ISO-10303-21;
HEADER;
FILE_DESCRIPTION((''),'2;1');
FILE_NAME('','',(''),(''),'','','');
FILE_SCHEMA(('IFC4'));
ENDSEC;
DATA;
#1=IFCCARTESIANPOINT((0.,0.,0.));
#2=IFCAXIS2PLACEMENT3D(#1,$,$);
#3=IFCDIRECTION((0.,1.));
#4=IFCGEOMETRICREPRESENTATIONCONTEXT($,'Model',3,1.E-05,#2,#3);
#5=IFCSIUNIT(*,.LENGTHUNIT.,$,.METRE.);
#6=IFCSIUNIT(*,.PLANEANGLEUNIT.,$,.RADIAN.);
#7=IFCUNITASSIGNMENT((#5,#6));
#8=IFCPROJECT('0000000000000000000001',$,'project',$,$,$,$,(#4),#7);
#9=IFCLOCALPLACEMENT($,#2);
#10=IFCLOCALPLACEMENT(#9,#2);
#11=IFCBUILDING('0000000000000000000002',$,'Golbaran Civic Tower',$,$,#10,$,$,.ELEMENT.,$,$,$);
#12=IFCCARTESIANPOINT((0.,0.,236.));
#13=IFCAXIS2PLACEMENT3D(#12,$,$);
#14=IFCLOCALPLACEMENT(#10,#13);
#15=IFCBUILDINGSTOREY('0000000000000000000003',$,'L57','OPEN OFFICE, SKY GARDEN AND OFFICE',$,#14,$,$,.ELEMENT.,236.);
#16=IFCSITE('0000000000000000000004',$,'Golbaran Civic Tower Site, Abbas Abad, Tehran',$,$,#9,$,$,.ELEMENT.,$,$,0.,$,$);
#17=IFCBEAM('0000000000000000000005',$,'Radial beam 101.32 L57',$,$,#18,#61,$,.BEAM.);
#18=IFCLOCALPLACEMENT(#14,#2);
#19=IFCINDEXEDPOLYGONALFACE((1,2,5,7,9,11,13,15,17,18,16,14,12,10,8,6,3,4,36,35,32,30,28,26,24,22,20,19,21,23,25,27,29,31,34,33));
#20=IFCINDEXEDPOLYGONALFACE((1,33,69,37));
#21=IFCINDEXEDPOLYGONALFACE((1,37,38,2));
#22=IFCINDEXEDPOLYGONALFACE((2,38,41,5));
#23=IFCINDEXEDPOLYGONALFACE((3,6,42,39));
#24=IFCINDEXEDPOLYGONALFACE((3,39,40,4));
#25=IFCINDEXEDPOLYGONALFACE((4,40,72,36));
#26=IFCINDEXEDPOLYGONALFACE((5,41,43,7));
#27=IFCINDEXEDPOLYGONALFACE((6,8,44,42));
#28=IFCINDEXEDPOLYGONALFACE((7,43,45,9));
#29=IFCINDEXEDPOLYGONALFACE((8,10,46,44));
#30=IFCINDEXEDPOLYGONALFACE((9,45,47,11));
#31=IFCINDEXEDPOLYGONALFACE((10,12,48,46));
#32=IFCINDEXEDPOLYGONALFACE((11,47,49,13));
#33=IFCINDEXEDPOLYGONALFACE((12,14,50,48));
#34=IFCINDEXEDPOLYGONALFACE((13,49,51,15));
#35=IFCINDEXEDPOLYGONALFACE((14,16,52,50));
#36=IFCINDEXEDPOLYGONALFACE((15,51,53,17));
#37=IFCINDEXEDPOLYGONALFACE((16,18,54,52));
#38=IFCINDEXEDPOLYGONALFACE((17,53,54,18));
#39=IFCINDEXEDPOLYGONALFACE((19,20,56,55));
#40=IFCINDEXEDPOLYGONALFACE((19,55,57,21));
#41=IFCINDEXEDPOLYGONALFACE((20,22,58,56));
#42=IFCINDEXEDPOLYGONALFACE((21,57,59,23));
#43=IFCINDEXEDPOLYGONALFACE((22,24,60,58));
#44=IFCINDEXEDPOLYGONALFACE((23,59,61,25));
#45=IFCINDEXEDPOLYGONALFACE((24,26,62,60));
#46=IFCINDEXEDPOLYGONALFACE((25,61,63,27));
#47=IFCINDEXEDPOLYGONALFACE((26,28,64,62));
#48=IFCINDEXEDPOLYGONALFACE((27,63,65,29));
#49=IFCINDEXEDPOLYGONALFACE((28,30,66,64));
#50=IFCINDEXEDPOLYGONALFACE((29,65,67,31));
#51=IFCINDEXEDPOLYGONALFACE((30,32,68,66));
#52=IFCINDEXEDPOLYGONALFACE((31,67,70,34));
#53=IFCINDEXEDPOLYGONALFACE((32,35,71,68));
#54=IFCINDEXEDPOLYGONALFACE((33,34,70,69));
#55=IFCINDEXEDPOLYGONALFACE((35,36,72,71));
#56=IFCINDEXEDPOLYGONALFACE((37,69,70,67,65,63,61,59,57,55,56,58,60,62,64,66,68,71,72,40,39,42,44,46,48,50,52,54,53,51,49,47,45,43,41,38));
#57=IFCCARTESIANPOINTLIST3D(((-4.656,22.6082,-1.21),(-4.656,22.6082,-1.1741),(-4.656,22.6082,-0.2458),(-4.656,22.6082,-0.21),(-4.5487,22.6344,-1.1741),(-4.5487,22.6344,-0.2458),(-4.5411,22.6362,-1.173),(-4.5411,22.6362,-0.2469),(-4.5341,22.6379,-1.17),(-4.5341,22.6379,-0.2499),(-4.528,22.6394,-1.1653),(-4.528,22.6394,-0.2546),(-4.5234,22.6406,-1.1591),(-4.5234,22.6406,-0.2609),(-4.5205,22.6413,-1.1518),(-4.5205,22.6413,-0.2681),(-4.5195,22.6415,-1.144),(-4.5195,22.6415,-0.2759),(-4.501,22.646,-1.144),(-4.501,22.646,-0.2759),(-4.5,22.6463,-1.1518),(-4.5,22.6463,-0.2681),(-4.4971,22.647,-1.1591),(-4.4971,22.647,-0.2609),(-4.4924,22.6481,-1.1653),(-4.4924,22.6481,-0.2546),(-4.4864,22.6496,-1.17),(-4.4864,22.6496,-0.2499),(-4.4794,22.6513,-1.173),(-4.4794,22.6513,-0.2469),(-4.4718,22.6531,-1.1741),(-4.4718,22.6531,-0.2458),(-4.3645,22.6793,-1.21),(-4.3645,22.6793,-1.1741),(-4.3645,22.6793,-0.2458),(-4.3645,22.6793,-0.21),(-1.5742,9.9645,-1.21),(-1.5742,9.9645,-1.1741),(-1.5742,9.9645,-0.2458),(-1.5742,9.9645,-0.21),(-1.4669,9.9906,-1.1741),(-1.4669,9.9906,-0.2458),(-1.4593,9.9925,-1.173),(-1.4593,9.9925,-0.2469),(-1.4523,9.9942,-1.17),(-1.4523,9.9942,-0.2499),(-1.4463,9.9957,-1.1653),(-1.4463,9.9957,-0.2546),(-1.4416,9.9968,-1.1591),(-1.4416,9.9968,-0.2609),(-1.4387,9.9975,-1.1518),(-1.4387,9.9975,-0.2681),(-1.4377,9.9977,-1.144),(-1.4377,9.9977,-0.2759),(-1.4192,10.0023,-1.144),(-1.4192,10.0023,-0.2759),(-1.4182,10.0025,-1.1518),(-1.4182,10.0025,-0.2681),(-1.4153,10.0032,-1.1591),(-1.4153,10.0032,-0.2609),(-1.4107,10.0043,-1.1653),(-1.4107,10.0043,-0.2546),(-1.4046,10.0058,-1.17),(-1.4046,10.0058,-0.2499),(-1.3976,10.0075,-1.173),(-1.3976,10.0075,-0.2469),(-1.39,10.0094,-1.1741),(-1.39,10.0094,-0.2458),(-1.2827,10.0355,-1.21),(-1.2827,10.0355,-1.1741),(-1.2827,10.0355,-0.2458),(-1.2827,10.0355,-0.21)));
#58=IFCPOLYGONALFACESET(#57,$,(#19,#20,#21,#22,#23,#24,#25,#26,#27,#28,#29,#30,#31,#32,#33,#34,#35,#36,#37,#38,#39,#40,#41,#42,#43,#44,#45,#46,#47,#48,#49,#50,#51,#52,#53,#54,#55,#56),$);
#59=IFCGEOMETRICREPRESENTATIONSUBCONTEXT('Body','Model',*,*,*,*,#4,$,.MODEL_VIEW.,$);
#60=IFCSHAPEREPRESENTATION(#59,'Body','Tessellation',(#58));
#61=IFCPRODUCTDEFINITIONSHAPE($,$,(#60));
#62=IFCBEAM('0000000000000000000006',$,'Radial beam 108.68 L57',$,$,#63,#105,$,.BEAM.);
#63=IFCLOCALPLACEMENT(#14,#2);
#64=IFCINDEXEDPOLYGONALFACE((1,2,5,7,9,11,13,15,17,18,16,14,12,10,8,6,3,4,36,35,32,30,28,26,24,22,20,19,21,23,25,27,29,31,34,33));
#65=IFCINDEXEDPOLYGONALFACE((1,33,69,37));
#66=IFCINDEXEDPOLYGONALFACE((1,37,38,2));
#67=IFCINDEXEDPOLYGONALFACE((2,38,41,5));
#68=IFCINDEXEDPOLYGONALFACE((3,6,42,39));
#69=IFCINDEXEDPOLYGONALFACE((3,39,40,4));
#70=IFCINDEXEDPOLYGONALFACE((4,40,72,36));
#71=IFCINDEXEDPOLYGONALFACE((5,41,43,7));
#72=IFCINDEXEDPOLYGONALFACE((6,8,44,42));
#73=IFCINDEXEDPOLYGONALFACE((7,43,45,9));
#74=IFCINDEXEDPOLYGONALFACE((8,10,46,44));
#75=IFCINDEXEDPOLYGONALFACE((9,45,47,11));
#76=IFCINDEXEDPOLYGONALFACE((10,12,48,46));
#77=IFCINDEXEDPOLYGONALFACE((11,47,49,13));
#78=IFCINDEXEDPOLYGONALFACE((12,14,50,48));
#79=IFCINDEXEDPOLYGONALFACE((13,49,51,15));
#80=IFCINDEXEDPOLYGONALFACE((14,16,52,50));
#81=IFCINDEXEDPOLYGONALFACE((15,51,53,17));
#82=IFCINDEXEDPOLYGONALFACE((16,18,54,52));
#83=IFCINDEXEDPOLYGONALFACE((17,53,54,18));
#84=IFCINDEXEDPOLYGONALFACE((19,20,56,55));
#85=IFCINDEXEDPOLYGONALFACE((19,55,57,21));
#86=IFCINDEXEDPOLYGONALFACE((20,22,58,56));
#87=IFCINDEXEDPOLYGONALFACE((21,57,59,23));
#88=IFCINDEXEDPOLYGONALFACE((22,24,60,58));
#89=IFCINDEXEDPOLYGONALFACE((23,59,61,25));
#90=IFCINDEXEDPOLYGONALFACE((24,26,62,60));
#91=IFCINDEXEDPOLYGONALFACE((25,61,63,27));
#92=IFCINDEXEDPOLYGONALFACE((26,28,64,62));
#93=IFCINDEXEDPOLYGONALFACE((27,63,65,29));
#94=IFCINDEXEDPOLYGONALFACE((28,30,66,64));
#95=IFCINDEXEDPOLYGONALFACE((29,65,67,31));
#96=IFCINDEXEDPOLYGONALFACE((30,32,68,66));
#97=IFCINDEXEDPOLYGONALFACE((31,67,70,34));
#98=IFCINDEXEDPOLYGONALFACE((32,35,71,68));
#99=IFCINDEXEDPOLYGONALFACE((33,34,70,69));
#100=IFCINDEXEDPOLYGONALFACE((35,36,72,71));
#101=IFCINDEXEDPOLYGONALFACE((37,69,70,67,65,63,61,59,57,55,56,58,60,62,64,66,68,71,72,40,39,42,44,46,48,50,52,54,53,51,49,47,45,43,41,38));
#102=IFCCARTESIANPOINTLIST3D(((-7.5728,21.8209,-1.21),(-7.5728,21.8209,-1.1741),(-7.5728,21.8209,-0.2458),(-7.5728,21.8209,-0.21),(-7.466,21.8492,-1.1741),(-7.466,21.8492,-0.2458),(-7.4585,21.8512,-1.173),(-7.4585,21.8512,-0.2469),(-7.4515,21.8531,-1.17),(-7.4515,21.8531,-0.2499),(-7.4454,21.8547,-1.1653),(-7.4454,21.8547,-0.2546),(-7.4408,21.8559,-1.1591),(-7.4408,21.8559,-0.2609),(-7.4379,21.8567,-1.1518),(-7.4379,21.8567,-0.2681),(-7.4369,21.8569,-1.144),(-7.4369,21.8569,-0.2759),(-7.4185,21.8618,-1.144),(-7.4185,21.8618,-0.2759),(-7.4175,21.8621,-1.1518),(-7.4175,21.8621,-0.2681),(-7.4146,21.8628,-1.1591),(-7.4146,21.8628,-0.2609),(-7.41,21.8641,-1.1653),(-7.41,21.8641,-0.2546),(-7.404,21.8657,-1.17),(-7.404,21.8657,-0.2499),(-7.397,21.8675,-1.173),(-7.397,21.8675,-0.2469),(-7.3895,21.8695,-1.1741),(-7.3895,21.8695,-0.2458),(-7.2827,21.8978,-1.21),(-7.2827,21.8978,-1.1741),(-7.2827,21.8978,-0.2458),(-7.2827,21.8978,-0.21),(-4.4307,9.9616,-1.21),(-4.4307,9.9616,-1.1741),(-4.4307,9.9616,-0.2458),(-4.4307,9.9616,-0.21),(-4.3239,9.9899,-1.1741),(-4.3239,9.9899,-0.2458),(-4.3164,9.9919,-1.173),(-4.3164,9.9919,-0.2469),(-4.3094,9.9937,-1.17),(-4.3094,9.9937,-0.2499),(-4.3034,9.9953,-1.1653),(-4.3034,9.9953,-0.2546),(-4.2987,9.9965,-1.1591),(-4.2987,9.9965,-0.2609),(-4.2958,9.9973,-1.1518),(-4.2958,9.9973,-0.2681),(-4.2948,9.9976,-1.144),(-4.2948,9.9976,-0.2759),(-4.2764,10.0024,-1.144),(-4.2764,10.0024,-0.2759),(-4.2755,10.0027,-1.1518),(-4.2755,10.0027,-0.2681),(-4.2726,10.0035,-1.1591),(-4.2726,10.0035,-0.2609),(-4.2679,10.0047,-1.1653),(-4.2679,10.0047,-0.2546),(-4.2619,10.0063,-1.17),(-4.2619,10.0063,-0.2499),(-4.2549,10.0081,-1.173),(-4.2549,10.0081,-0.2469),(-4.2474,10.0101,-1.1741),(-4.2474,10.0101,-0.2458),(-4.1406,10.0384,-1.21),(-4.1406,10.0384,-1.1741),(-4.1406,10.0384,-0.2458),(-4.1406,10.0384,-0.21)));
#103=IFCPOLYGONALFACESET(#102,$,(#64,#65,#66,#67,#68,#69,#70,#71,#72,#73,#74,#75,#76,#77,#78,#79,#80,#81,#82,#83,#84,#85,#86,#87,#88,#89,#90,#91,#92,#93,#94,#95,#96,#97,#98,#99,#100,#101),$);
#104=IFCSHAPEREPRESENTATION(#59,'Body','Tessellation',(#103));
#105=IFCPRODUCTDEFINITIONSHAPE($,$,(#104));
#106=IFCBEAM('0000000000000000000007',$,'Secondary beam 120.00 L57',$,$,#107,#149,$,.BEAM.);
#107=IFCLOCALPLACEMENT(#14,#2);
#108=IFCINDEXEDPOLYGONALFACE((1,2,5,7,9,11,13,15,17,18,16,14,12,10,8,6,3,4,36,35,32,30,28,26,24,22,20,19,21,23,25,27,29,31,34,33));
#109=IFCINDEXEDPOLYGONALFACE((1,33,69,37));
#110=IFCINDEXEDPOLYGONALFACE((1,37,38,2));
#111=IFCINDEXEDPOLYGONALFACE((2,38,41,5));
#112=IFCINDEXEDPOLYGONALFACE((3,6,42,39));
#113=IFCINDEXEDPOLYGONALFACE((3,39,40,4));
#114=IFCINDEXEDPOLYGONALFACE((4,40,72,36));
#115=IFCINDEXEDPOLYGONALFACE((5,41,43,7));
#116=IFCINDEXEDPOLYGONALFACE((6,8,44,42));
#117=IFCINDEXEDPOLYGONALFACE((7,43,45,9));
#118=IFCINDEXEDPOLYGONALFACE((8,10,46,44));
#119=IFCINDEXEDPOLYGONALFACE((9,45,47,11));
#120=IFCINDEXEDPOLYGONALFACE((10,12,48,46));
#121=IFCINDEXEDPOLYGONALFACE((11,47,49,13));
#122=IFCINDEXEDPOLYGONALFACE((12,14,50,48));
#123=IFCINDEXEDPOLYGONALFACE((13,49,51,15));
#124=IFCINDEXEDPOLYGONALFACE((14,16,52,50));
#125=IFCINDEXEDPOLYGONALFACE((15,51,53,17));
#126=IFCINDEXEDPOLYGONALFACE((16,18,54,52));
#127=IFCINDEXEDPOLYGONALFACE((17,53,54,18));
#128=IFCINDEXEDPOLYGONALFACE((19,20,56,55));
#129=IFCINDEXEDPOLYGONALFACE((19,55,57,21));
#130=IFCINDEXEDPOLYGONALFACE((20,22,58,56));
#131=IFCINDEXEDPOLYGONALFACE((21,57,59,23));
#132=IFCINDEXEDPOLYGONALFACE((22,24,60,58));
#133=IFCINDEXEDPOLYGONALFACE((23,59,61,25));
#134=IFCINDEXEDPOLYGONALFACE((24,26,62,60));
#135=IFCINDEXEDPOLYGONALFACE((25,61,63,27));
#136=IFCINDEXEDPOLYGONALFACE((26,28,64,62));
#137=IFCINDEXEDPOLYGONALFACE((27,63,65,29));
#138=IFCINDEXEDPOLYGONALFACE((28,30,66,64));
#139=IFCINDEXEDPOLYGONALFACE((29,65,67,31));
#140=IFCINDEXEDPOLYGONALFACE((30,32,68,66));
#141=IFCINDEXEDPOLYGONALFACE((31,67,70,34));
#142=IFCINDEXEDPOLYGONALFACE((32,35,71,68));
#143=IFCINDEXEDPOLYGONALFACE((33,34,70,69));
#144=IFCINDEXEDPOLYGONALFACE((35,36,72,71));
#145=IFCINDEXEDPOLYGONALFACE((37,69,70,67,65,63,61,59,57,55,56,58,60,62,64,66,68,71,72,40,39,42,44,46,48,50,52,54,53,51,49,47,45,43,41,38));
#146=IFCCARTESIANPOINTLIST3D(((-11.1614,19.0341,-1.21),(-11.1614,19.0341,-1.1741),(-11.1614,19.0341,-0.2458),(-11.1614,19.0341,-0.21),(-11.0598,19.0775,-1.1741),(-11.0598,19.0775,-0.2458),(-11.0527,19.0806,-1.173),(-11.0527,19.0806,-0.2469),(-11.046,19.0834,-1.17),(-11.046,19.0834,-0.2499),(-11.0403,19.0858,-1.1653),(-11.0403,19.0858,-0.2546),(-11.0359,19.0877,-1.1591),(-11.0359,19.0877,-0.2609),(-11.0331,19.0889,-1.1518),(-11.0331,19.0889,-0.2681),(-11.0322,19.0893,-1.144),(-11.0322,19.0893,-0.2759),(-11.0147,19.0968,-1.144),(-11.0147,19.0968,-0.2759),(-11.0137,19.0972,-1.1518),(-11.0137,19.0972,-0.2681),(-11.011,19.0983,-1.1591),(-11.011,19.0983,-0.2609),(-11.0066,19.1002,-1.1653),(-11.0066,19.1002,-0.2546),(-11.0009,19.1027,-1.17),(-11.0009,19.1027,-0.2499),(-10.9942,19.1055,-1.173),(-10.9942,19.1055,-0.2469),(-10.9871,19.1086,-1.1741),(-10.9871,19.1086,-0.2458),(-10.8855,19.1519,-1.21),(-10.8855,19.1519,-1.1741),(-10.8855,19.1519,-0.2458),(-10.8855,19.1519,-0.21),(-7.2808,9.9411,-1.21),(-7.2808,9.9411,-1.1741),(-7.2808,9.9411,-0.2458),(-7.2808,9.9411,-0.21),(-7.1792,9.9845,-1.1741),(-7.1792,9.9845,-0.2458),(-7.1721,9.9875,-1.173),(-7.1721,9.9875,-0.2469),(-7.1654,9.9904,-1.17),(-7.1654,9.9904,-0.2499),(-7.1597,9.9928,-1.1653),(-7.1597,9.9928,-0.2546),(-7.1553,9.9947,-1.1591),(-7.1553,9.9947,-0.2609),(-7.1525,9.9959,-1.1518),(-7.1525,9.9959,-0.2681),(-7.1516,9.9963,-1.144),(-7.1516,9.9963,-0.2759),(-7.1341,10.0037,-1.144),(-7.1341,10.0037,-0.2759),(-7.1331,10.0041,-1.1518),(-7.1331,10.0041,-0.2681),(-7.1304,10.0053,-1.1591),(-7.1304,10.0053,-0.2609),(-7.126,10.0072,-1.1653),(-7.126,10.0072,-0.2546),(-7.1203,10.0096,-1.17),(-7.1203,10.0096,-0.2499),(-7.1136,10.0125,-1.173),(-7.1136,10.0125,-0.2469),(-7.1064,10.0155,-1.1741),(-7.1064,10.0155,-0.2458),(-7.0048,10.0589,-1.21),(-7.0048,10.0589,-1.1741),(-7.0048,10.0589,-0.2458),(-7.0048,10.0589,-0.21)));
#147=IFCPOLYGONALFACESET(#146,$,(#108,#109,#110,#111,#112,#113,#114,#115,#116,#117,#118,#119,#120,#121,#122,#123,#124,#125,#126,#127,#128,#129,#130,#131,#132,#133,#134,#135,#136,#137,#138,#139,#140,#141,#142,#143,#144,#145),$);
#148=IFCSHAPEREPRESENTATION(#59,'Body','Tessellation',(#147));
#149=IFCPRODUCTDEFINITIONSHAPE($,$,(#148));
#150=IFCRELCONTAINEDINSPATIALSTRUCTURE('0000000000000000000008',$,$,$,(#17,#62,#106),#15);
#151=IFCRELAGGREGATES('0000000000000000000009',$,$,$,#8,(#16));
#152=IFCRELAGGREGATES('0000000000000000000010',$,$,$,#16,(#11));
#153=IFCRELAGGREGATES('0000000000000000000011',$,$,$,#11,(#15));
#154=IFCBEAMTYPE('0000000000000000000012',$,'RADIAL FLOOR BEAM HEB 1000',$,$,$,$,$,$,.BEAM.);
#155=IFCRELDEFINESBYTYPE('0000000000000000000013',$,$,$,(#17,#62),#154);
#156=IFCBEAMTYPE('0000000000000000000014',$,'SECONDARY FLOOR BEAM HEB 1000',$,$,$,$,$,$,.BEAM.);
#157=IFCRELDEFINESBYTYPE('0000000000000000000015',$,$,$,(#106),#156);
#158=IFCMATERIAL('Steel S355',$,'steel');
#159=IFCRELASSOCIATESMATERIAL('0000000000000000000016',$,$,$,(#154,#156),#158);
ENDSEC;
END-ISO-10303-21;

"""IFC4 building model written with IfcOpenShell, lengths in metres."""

from ifc_helpers import new_model, si_unit, direction, frame, origin, origin_2d, place, context, subcontext, project, spatial, i_section, extrude, material, material_profile, profile_set, type_object, element, save


model = new_model("IFC4")

# Units and contexts
model_context = context("Model", 3, precision=1e-05, world=origin(), true_north=direction((0.0, 1.0)))
body_context = subcontext(model_context, "Body", "Model", "MODEL_VIEW")
ifc_project = project(units=[si_unit("LENGTHUNIT", "METRE"), si_unit("PLANEANGLEUNIT", "RADIAN")], contexts=[model_context])

# Site, building, storey
site_placement = place(None, origin())
site = spatial("IfcSite", under=ifc_project, at=site_placement, Name="Golbaran Civic Tower Site, Abbas Abad, Tehran", CompositionType="ELEMENT", RefElevation=0.0)
building_placement = place(site_placement, origin())
building = spatial("IfcBuilding", under=site, at=building_placement, Name="Golbaran Civic Tower", CompositionType="ELEMENT")
storey_placement = place(building_placement, frame((0.0, 0.0, 236.0)))
storey = spatial("IfcBuildingStorey", under=building, at=storey_placement, Name="L57", Description="OPEN OFFICE, SKY GARDEN AND OFFICE", CompositionType="ELEMENT", Elevation=236.0)

# Beams
ifc_material_1 = material(Name="Steel S355", Category="steel")
ifc_material_profile_1 = material_profile(ifc_material_1, i_section(OverallWidth=0.3, OverallDepth=1.0, WebThickness=0.019, FlangeThickness=0.0359, FilletRadius=0.03, at=origin_2d()), Name="HEB 1000")
ifc_profile_set_1 = profile_set([ifc_material_profile_1], Name="Steel S355")
beam_type_1 = type_object("IfcBeamType", Name="RADIAL FLOOR BEAM HEB 1000", PredefinedType="BEAM", material=ifc_profile_set_1)
beam_1_placement = place(storey_placement, frame((-1.4285, 10.0, -0.71), z_axis=(-0.236806, 0.971557, 0.0), x_axis=(-0.971557, -0.236806, 0.0)))
element("IfcBeam", 1, at=beam_1_placement, inside=storey, type_object=beam_type_1, Name="Radial beam 101.32 L57", PredefinedType="BEAM", context=body_context, shape_type="SweptSolid", body=[
    extrude(i_section(OverallWidth=0.3, OverallDepth=1.0, WebThickness=0.019, FlangeThickness=0.0359, FilletRadius=0.03, at=origin_2d()), origin(), (0.0, 0.0, 1.0), 13.0139),
])
beam_2_placement = place(storey_placement, frame((-4.2856, 10.0, -0.71), z_axis=(-0.256109, 0.966648, 0.0), x_axis=(-0.966648, -0.256109, 0.0)))
element("IfcBeam", 2, at=beam_2_placement, inside=storey, type_object=beam_type_1, Name="Radial beam 108.68 L57", PredefinedType="BEAM", context=body_context, shape_type="SweptSolid", body=[
    extrude(i_section(OverallWidth=0.3, OverallDepth=1.0, WebThickness=0.019, FlangeThickness=0.0359, FilletRadius=0.03, at=origin_2d()), origin(), (0.0, 0.0, 1.0), 12.2686),
])
ifc_material_profile_2 = material_profile(ifc_material_1, i_section(OverallWidth=0.3, OverallDepth=1.0, WebThickness=0.019, FlangeThickness=0.0359, FilletRadius=0.03, at=origin_2d()), Name="HEB 1000")
ifc_profile_set_2 = profile_set([ifc_material_profile_2], Name="Steel S355")
beam_type_2 = type_object("IfcBeamType", Name="SECONDARY FLOOR BEAM HEB 1000", PredefinedType="BEAM", material=ifc_profile_set_2)
beam_3_placement = place(storey_placement, frame((-7.1428, 10.0, -0.71), z_axis=(-0.392518, 0.919744, 0.0), x_axis=(-0.919744, -0.392518, 0.0)))
element("IfcBeam", 3, at=beam_3_placement, inside=storey, type_object=beam_type_2, Name="Secondary beam 120.00 L57", PredefinedType="BEAM", context=body_context, shape_type="SweptSolid", body=[
    extrude(i_section(OverallWidth=0.3, OverallDepth=1.0, WebThickness=0.019, FlangeThickness=0.0359, FilletRadius=0.03, at=origin_2d()), origin(), (0.0, 0.0, 1.0), 9.8865),
])

save(model, "model.ifc")
